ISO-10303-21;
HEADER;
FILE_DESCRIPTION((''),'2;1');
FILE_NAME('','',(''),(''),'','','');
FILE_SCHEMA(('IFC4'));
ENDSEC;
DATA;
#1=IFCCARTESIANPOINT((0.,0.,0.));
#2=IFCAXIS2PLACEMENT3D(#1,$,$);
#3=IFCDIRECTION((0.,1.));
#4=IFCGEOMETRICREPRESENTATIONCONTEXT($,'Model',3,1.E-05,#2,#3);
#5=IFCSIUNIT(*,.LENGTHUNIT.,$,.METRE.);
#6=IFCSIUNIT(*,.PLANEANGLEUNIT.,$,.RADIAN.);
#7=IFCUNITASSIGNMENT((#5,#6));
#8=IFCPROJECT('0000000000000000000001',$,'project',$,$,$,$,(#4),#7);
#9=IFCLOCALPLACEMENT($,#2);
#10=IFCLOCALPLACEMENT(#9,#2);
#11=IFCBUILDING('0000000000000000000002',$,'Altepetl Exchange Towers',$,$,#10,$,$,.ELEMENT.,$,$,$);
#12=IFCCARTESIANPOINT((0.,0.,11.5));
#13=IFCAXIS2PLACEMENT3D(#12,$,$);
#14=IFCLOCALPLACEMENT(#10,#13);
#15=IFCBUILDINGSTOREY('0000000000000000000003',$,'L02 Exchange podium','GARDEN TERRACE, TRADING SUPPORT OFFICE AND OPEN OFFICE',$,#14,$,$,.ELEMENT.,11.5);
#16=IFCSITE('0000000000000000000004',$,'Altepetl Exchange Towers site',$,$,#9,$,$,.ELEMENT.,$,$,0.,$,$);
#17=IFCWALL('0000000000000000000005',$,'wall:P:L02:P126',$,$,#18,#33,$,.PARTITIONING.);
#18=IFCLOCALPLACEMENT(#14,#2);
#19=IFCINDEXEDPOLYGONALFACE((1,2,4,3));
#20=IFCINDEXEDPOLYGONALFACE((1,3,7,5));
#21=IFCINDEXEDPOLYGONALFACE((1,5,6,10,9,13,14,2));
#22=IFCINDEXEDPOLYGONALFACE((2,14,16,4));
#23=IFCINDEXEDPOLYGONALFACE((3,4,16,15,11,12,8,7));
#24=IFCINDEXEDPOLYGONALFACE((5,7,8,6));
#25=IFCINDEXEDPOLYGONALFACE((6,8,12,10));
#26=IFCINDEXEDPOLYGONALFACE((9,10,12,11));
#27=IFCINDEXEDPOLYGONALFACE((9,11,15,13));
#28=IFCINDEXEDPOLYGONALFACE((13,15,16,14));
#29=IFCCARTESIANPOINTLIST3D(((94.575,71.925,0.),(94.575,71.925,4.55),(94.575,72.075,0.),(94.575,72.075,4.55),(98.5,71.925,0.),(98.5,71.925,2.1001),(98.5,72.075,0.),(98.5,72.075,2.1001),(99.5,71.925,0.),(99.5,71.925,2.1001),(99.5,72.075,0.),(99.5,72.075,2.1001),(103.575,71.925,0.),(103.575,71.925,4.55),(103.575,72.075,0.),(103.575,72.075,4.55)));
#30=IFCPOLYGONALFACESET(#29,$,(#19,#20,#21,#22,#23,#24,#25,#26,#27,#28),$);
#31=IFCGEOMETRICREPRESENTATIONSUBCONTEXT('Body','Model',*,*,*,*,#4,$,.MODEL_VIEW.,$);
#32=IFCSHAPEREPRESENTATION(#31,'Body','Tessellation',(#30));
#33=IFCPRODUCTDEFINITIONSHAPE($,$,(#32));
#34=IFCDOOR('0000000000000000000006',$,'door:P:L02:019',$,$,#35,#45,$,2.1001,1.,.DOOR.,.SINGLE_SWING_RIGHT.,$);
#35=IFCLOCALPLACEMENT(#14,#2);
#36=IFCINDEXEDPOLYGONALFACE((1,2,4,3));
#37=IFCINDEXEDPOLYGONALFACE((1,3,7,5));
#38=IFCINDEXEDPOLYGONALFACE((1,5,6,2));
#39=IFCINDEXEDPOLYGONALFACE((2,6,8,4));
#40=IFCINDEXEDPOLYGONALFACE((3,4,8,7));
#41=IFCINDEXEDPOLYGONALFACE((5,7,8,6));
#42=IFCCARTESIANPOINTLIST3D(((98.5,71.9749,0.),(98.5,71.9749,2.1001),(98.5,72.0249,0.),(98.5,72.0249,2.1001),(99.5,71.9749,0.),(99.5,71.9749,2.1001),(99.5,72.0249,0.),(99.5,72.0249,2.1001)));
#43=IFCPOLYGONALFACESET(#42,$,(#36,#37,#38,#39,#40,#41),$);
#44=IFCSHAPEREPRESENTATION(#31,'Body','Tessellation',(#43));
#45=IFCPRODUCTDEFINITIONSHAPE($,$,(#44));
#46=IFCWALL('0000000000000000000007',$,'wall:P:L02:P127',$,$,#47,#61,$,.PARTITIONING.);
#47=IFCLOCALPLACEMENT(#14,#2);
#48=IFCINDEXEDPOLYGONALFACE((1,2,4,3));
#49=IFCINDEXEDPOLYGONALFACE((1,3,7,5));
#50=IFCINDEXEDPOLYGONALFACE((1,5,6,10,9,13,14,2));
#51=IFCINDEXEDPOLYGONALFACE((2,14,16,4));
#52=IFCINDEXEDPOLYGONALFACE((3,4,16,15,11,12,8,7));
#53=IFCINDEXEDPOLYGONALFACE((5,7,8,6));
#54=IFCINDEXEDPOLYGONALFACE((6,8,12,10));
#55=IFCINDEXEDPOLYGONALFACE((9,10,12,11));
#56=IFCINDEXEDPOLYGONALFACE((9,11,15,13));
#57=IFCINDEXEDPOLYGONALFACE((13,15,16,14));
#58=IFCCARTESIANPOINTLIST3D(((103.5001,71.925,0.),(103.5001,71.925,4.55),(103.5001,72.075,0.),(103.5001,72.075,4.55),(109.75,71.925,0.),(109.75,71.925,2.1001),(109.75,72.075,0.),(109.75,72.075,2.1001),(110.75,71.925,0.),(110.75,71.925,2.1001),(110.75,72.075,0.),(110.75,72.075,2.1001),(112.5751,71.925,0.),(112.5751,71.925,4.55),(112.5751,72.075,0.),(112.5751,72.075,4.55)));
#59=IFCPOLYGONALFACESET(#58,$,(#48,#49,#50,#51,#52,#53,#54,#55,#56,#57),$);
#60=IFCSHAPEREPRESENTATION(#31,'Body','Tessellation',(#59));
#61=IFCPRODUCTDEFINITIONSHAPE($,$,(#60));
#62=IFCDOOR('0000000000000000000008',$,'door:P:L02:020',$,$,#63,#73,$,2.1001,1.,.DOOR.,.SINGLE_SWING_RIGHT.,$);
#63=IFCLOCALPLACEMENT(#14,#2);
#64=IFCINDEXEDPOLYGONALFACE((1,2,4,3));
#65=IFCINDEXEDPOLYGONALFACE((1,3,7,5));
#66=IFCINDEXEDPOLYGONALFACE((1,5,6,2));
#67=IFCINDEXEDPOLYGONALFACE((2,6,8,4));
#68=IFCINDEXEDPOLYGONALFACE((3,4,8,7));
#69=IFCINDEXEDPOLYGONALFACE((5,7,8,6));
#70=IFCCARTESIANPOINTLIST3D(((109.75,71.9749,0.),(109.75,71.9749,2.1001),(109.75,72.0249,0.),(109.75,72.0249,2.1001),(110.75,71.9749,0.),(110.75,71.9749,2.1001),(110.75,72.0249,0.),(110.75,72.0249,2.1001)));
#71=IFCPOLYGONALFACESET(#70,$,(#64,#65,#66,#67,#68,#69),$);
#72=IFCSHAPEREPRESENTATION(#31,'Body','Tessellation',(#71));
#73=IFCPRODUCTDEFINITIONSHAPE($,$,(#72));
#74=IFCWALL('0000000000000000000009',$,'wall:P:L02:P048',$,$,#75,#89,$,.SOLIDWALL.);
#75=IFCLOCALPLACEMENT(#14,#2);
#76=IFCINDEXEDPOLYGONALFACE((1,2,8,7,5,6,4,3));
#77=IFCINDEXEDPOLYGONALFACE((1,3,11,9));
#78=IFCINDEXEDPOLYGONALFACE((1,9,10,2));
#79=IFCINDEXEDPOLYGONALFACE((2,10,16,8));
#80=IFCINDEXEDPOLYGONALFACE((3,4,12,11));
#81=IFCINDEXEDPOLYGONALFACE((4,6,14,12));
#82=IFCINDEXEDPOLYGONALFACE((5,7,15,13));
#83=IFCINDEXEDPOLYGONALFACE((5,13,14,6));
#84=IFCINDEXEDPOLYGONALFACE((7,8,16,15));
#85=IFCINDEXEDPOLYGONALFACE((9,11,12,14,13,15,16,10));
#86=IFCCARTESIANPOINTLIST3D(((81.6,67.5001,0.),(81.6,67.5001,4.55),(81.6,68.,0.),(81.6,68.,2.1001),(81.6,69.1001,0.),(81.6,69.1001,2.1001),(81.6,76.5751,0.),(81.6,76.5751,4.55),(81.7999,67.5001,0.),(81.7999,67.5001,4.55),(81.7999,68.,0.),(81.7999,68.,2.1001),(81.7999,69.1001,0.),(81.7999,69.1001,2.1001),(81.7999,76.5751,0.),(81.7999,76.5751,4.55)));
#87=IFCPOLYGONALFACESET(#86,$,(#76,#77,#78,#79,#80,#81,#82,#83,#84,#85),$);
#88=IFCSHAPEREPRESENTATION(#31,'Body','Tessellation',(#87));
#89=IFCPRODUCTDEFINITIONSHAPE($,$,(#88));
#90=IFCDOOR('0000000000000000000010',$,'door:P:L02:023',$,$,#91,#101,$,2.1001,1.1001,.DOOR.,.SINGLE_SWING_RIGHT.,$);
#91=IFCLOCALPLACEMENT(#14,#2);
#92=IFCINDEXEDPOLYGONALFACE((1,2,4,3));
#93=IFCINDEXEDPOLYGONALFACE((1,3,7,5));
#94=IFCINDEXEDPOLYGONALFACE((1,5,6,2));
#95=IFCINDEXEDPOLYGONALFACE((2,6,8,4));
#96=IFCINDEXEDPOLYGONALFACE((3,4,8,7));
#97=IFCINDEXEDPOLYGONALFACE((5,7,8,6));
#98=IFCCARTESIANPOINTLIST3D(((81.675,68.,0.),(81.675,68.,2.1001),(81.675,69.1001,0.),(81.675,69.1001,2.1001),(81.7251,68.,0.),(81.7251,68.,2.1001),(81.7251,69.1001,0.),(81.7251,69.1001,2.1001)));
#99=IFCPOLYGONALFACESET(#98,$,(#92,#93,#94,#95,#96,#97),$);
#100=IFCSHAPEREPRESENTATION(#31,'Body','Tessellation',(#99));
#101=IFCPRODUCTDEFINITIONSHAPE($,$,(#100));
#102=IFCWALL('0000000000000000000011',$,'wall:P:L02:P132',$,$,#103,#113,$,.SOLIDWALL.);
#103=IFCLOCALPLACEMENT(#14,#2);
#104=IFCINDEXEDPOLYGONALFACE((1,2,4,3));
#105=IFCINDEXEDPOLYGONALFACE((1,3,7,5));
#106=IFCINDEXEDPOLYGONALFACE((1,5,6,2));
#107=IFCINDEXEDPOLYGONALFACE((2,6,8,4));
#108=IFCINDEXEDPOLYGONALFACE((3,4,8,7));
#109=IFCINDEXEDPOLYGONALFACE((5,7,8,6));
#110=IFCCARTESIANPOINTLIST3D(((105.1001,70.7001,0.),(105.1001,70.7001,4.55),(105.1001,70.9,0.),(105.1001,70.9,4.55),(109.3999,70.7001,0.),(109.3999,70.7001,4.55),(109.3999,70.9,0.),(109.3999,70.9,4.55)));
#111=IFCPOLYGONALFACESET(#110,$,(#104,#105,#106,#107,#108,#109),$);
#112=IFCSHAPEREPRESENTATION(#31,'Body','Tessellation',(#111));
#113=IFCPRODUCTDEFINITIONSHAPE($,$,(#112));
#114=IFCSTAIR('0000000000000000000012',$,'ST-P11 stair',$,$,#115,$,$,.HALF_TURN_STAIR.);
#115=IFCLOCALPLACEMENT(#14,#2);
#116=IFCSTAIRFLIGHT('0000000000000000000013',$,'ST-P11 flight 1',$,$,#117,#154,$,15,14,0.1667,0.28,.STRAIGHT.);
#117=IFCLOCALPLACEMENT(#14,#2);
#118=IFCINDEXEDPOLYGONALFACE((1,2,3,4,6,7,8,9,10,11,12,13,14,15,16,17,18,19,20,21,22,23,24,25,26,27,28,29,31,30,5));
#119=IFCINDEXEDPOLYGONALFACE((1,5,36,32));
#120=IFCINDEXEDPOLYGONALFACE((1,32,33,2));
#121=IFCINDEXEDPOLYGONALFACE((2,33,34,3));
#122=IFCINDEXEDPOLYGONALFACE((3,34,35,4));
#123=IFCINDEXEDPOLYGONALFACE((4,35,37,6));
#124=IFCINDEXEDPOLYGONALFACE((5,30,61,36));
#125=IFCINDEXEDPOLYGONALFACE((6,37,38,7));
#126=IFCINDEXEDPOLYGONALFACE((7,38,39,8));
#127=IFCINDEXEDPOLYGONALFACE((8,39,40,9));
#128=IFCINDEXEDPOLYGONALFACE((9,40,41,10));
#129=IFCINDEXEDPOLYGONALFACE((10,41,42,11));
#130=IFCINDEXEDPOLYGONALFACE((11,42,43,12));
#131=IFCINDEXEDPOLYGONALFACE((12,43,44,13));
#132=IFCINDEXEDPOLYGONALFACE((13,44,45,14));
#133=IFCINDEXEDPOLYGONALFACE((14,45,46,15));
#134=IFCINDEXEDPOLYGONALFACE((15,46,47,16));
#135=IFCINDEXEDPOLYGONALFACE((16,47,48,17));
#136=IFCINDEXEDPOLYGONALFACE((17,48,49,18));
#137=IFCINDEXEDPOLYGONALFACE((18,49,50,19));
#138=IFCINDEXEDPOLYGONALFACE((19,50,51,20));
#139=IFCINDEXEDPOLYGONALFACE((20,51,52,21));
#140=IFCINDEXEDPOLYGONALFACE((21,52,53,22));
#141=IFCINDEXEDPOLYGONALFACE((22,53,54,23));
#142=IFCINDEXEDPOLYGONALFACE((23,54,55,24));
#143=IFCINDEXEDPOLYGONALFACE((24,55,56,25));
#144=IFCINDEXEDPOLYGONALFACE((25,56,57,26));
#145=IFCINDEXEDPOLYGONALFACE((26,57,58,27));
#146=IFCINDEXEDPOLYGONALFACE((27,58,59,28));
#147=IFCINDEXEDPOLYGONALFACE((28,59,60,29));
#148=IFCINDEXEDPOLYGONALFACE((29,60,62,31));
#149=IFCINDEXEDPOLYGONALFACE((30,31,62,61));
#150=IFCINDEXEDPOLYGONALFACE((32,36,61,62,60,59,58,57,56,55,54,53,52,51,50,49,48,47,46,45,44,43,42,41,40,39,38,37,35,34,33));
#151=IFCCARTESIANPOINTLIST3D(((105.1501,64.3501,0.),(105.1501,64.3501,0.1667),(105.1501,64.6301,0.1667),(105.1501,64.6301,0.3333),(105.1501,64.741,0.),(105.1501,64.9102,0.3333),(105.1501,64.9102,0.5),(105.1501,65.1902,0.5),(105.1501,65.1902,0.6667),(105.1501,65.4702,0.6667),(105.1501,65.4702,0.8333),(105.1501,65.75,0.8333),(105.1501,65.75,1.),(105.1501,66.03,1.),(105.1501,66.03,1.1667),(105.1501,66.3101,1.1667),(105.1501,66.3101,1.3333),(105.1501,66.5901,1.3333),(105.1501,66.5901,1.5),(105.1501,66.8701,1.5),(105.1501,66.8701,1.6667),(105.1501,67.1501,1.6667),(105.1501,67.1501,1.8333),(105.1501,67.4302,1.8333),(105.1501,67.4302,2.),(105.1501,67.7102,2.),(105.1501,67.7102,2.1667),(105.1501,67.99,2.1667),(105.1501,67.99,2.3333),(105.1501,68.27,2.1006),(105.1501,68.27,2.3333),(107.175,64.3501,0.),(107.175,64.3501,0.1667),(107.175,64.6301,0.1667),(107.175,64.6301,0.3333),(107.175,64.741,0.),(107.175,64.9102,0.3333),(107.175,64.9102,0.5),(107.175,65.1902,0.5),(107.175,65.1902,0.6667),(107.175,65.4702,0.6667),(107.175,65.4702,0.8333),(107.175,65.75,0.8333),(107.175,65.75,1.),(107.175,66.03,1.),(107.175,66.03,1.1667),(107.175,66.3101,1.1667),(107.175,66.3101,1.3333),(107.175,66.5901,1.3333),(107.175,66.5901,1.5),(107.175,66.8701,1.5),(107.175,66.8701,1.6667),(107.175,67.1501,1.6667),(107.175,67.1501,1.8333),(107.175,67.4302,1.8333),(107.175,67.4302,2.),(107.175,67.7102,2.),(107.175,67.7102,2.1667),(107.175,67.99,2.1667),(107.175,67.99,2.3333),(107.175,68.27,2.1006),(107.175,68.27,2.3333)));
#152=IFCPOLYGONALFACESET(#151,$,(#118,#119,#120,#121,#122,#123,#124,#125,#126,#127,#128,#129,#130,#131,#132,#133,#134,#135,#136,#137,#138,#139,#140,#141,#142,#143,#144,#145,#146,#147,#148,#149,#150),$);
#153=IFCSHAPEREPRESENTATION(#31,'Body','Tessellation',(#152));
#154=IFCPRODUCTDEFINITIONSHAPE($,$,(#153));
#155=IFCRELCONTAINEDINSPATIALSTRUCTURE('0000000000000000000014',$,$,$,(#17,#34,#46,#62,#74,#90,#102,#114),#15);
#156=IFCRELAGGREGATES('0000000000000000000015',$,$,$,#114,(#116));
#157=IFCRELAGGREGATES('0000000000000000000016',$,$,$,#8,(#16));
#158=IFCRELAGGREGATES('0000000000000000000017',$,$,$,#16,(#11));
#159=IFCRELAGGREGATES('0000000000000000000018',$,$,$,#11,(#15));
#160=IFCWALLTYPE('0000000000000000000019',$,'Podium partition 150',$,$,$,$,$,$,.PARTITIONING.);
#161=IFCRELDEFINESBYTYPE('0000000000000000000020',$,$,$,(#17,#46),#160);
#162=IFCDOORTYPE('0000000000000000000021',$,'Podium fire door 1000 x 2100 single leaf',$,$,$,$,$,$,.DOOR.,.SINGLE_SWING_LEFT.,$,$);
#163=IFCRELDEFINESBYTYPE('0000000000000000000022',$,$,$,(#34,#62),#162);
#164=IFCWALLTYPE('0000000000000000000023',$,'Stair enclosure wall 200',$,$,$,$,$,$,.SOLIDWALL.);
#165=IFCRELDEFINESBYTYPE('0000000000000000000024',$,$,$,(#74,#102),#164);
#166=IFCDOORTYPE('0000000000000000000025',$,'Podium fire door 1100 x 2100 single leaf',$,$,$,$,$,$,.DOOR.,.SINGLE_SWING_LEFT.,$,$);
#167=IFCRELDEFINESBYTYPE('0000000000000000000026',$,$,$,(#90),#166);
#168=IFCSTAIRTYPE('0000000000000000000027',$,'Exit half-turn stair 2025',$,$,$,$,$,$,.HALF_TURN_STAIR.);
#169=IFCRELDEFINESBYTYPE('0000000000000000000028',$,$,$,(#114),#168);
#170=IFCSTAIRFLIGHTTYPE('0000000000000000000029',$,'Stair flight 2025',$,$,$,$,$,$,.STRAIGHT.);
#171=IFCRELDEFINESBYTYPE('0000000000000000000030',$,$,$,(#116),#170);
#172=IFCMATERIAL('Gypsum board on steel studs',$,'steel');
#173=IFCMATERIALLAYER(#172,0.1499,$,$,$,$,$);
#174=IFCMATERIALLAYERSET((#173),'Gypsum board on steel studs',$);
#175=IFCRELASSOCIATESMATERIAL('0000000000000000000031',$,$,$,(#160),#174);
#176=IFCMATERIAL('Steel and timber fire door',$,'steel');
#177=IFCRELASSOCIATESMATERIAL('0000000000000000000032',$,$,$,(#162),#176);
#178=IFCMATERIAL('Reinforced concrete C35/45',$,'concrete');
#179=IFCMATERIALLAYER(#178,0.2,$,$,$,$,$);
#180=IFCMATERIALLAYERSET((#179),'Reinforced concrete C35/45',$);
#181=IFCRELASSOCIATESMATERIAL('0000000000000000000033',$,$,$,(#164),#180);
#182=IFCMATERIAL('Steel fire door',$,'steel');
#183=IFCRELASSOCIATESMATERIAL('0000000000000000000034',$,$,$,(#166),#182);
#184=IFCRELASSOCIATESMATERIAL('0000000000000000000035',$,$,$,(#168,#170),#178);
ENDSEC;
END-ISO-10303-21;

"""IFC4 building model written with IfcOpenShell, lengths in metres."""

from ifc_helpers import new_model, si_unit, direction, frame, frame_2d, origin, place, context, subcontext, project, spatial, polyline, rectangle, outline, extrude, material, layer, layer_set, type_object, element, fill, aggregate, save


model = new_model("IFC4")

# Units and contexts
model_context = context("Model", 3, precision=1e-05, world=origin(), true_north=direction((0.0, 1.0)))
body_context = subcontext(model_context, "Body", "Model", "MODEL_VIEW")
ifc_project = project(units=[si_unit("LENGTHUNIT", "METRE"), si_unit("PLANEANGLEUNIT", "RADIAN")], contexts=[model_context])

# Site, building, storey
site_placement = place(None, origin())
site = spatial("IfcSite", under=ifc_project, at=site_placement, Name="Altepetl Exchange Towers site", CompositionType="ELEMENT", RefElevation=0.0)
building_placement = place(site_placement, origin())
building = spatial("IfcBuilding", under=site, at=building_placement, Name="Altepetl Exchange Towers", CompositionType="ELEMENT")
storey_placement = place(building_placement, frame((0.0, 0.0, 11.5)))
storey = spatial("IfcBuildingStorey", under=building, at=storey_placement, Name="L02 Exchange podium", Description="GARDEN TERRACE, TRADING SUPPORT OFFICE AND OPEN OFFICE", CompositionType="ELEMENT", Elevation=11.5)

# Shared definitions
ifc_material_1 = material(Name="Reinforced concrete C35/45", Category="concrete")

# Shared definitions
ifc_material_2 = material(Name="Gypsum board on steel studs", Category="steel")
ifc_layer_1 = layer(ifc_material_2, 0.1499)
ifc_layer_set_1 = layer_set([ifc_layer_1], Name="Gypsum board on steel studs")
wall_type_1 = type_object("IfcWallType", Name="Podium partition 150", PredefinedType="PARTITIONING", material=ifc_layer_set_1)

# Walls, openings, doors
wall_1_placement = place(storey_placement, frame((94.575, 72.0, 0.0)))
wall_1 = element("IfcWall", 1, at=wall_1_placement, inside=storey, type_object=wall_type_1, Name="wall:P:L02:P126", PredefinedType="PARTITIONING", context=body_context, shape_type="SweptSolid", body=[
    extrude(rectangle(XDim=9.0, YDim=0.1499, at=frame_2d((4.5, 0.0))), origin(), (0.0, 0.0, 1.0), 4.55),
])
opening_1_placement = place(wall_1_placement, frame((3.925, 0.0, 0.0)))
opening_1 = element("IfcOpeningElement", 2, at=opening_1_placement, cuts=wall_1, PredefinedType="OPENING", context=body_context, shape_type="SweptSolid", body=[
    extrude(rectangle(XDim=1.0, YDim=2.1001, at=frame_2d((0.5, 1.05))), frame((0.0, 0.085, 0.0), z_axis=(0.0, -1.0, 0.0), x_axis=(1.0, 0.0, 0.0)), (0.0, 0.0, 1.0), 0.1699),
])
ifc_material_3 = material(Name="Steel and timber fire door", Category="steel")
door_type_1 = type_object("IfcDoorType", Name="Podium fire door 1000 x 2100 single leaf", OperationType="SINGLE_SWING_LEFT", PredefinedType="DOOR", material=ifc_material_3)
door_1_placement = place(opening_1_placement, origin())
door_1 = element("IfcDoor", 3, at=door_1_placement, inside=storey, type_object=door_type_1, Name="door:P:L02:019", OperationType="SINGLE_SWING_RIGHT", OverallHeight=2.1001, OverallWidth=1.0, PredefinedType="DOOR", context=body_context, shape_type="SweptSolid", body=[
    extrude(rectangle(XDim=1.0, YDim=2.1001, at=frame_2d((0.5, 1.05))), frame((0.0, 0.0249, 0.0), z_axis=(0.0, -1.0, 0.0), x_axis=(1.0, 0.0, 0.0)), (0.0, 0.0, 1.0), 0.05),
])
fill(opening_1, door_1)
wall_2_placement = place(storey_placement, frame((103.5, 72.0, 0.0)))
wall_2 = element("IfcWall", 4, at=wall_2_placement, inside=storey, type_object=wall_type_1, Name="wall:P:L02:P127", PredefinedType="PARTITIONING", context=body_context, shape_type="SweptSolid", body=[
    extrude(rectangle(XDim=9.075, YDim=0.1499, at=frame_2d((4.5376, 0.0))), origin(), (0.0, 0.0, 1.0), 4.55),
])
opening_2_placement = place(wall_2_placement, frame((6.25, 0.0, 0.0)))
opening_2 = element("IfcOpeningElement", 5, at=opening_2_placement, cuts=wall_2, PredefinedType="OPENING", context=body_context, shape_type="SweptSolid", body=[
    extrude(rectangle(XDim=1.0, YDim=2.1001, at=frame_2d((0.5, 1.05))), frame((0.0, 0.085, 0.0), z_axis=(0.0, -1.0, 0.0), x_axis=(1.0, 0.0, 0.0)), (0.0, 0.0, 1.0), 0.1699),
])
door_2_placement = place(opening_2_placement, origin())
door_2 = element("IfcDoor", 6, at=door_2_placement, inside=storey, type_object=door_type_1, Name="door:P:L02:020", OperationType="SINGLE_SWING_RIGHT", OverallHeight=2.1001, OverallWidth=1.0, PredefinedType="DOOR", context=body_context, shape_type="SweptSolid", body=[
    extrude(rectangle(XDim=1.0, YDim=2.1001, at=frame_2d((0.5, 1.05))), frame((0.0, 0.0249, 0.0), z_axis=(0.0, -1.0, 0.0), x_axis=(1.0, 0.0, 0.0)), (0.0, 0.0, 1.0), 0.05),
])
fill(opening_2, door_2)

# Wall, opening, door
ifc_layer_2 = layer(ifc_material_1, 0.2)
ifc_layer_set_2 = layer_set([ifc_layer_2], Name="Reinforced concrete C35/45")
wall_type_2 = type_object("IfcWallType", Name="Stair enclosure wall 200", PredefinedType="SOLIDWALL", material=ifc_layer_set_2)
wall_3_placement = place(storey_placement, frame((81.7, 67.5, 0.0), z_axis=(0.0, 0.0, 1.0), x_axis=(0.0, 1.0, 0.0)))
wall_3 = element("IfcWall", 7, at=wall_3_placement, inside=storey, type_object=wall_type_2, Name="wall:P:L02:P048", PredefinedType="SOLIDWALL", context=body_context, shape_type="SweptSolid", body=[
    extrude(rectangle(XDim=9.075, YDim=0.2, at=frame_2d((4.5376, 0.0))), origin(), (0.0, 0.0, 1.0), 4.55),
])
opening_3_placement = place(wall_3_placement, frame((0.5, 0.0, 0.0)))
opening_3 = element("IfcOpeningElement", 8, at=opening_3_placement, cuts=wall_3, PredefinedType="OPENING", context=body_context, shape_type="SweptSolid", body=[
    extrude(rectangle(XDim=1.1001, YDim=2.1001, at=frame_2d((0.55, 1.05))), frame((0.0, 0.1099, 0.0), z_axis=(0.0, -1.0, 0.0), x_axis=(1.0, 0.0, 0.0)), (0.0, 0.0, 1.0), 0.22),
])
ifc_material_4 = material(Name="Steel fire door", Category="steel")
door_type_2 = type_object("IfcDoorType", Name="Podium fire door 1100 x 2100 single leaf", OperationType="SINGLE_SWING_LEFT", PredefinedType="DOOR", material=ifc_material_4)
door_3_placement = place(opening_3_placement, origin())
door_3 = element("IfcDoor", 9, at=door_3_placement, inside=storey, type_object=door_type_2, Name="door:P:L02:023", OperationType="SINGLE_SWING_RIGHT", OverallHeight=2.1001, OverallWidth=1.1001, PredefinedType="DOOR", context=body_context, shape_type="SweptSolid", body=[
    extrude(rectangle(XDim=1.1001, YDim=2.1001, at=frame_2d((0.55, 1.05))), frame((0.0, 0.0249, 0.0), z_axis=(0.0, -1.0, 0.0), x_axis=(1.0, 0.0, 0.0)), (0.0, 0.0, 1.0), 0.05),
])
fill(opening_3, door_3)

# Wall
wall_4_placement = place(storey_placement, frame((105.1001, 70.8, 0.0)))
element("IfcWall", 10, at=wall_4_placement, inside=storey, type_object=wall_type_2, Name="wall:P:L02:P132", PredefinedType="SOLIDWALL", context=body_context, shape_type="SweptSolid", body=[
    extrude(rectangle(XDim=4.2998, YDim=0.2, at=frame_2d((2.1499, 0.0))), origin(), (0.0, 0.0, 1.0), 4.55),
])

# Stair, stair flight
stair_type = type_object("IfcStairType", Name="Exit half-turn stair 2025", PredefinedType="HALF_TURN_STAIR", material=ifc_material_1)
stair_placement = place(storey_placement, origin())
stair = element("IfcStair", 11, at=stair_placement, inside=storey, type_object=stair_type, Name="ST-P11 stair", PredefinedType="HALF_TURN_STAIR")
stair_flight_type = type_object("IfcStairFlightType", Name="Stair flight 2025", PredefinedType="STRAIGHT", material=ifc_material_1)
stair_flight_1_placement = place(storey_placement, frame((106.1626, 64.3501, 0.0), z_axis=(0.0, 0.0, 1.0), x_axis=(0.0, 1.0, 0.0)))
stair_flight_1 = element("IfcStairFlight", 12, at=stair_flight_1_placement, type_object=stair_flight_type, Name="ST-P11 flight 1", NumberOfRisers=15, NumberOfTreads=14, PredefinedType="STRAIGHT", RiserHeight=0.1667, TreadLength=0.28, context=body_context, shape_type="SweptSolid", body=[
    extrude(outline(polyline([(0.0, 0.0), (0.0, 0.1667), (0.28, 0.1667), (0.28, 0.3333), (0.5601, 0.3333), (0.5601, 0.5), (0.8401, 0.5), (0.8401, 0.6667), (1.1201, 0.6667), (1.1201, 0.8333), (1.3999, 0.8333), (1.3999, 1.0), (1.6799, 1.0), (1.6799, 1.1667), (1.96, 1.1667), (1.96, 1.3333), (2.24, 1.3333), (2.24, 1.5), (2.52, 1.5), (2.52, 1.6667), (2.8, 1.6667), (2.8, 1.8333), (3.0801, 1.8333), (3.0801, 2.0), (3.3601, 2.0), (3.3601, 2.1667), (3.6399, 2.1667), (3.6399, 2.3333), (3.9199, 2.3333), (3.9199, 2.5), (3.9199, 2.1006), (0.3909, 0.0), (0.0, 0.0)])), frame((0.0, 1.0125, 0.0), z_axis=(0.0, -1.0, 0.0), x_axis=(1.0, 0.0, 0.0)), (0.0, 0.0, 1.0), 2.0249),
])
aggregate(stair, [stair_flight_1])

save(model, "model.ifc")
